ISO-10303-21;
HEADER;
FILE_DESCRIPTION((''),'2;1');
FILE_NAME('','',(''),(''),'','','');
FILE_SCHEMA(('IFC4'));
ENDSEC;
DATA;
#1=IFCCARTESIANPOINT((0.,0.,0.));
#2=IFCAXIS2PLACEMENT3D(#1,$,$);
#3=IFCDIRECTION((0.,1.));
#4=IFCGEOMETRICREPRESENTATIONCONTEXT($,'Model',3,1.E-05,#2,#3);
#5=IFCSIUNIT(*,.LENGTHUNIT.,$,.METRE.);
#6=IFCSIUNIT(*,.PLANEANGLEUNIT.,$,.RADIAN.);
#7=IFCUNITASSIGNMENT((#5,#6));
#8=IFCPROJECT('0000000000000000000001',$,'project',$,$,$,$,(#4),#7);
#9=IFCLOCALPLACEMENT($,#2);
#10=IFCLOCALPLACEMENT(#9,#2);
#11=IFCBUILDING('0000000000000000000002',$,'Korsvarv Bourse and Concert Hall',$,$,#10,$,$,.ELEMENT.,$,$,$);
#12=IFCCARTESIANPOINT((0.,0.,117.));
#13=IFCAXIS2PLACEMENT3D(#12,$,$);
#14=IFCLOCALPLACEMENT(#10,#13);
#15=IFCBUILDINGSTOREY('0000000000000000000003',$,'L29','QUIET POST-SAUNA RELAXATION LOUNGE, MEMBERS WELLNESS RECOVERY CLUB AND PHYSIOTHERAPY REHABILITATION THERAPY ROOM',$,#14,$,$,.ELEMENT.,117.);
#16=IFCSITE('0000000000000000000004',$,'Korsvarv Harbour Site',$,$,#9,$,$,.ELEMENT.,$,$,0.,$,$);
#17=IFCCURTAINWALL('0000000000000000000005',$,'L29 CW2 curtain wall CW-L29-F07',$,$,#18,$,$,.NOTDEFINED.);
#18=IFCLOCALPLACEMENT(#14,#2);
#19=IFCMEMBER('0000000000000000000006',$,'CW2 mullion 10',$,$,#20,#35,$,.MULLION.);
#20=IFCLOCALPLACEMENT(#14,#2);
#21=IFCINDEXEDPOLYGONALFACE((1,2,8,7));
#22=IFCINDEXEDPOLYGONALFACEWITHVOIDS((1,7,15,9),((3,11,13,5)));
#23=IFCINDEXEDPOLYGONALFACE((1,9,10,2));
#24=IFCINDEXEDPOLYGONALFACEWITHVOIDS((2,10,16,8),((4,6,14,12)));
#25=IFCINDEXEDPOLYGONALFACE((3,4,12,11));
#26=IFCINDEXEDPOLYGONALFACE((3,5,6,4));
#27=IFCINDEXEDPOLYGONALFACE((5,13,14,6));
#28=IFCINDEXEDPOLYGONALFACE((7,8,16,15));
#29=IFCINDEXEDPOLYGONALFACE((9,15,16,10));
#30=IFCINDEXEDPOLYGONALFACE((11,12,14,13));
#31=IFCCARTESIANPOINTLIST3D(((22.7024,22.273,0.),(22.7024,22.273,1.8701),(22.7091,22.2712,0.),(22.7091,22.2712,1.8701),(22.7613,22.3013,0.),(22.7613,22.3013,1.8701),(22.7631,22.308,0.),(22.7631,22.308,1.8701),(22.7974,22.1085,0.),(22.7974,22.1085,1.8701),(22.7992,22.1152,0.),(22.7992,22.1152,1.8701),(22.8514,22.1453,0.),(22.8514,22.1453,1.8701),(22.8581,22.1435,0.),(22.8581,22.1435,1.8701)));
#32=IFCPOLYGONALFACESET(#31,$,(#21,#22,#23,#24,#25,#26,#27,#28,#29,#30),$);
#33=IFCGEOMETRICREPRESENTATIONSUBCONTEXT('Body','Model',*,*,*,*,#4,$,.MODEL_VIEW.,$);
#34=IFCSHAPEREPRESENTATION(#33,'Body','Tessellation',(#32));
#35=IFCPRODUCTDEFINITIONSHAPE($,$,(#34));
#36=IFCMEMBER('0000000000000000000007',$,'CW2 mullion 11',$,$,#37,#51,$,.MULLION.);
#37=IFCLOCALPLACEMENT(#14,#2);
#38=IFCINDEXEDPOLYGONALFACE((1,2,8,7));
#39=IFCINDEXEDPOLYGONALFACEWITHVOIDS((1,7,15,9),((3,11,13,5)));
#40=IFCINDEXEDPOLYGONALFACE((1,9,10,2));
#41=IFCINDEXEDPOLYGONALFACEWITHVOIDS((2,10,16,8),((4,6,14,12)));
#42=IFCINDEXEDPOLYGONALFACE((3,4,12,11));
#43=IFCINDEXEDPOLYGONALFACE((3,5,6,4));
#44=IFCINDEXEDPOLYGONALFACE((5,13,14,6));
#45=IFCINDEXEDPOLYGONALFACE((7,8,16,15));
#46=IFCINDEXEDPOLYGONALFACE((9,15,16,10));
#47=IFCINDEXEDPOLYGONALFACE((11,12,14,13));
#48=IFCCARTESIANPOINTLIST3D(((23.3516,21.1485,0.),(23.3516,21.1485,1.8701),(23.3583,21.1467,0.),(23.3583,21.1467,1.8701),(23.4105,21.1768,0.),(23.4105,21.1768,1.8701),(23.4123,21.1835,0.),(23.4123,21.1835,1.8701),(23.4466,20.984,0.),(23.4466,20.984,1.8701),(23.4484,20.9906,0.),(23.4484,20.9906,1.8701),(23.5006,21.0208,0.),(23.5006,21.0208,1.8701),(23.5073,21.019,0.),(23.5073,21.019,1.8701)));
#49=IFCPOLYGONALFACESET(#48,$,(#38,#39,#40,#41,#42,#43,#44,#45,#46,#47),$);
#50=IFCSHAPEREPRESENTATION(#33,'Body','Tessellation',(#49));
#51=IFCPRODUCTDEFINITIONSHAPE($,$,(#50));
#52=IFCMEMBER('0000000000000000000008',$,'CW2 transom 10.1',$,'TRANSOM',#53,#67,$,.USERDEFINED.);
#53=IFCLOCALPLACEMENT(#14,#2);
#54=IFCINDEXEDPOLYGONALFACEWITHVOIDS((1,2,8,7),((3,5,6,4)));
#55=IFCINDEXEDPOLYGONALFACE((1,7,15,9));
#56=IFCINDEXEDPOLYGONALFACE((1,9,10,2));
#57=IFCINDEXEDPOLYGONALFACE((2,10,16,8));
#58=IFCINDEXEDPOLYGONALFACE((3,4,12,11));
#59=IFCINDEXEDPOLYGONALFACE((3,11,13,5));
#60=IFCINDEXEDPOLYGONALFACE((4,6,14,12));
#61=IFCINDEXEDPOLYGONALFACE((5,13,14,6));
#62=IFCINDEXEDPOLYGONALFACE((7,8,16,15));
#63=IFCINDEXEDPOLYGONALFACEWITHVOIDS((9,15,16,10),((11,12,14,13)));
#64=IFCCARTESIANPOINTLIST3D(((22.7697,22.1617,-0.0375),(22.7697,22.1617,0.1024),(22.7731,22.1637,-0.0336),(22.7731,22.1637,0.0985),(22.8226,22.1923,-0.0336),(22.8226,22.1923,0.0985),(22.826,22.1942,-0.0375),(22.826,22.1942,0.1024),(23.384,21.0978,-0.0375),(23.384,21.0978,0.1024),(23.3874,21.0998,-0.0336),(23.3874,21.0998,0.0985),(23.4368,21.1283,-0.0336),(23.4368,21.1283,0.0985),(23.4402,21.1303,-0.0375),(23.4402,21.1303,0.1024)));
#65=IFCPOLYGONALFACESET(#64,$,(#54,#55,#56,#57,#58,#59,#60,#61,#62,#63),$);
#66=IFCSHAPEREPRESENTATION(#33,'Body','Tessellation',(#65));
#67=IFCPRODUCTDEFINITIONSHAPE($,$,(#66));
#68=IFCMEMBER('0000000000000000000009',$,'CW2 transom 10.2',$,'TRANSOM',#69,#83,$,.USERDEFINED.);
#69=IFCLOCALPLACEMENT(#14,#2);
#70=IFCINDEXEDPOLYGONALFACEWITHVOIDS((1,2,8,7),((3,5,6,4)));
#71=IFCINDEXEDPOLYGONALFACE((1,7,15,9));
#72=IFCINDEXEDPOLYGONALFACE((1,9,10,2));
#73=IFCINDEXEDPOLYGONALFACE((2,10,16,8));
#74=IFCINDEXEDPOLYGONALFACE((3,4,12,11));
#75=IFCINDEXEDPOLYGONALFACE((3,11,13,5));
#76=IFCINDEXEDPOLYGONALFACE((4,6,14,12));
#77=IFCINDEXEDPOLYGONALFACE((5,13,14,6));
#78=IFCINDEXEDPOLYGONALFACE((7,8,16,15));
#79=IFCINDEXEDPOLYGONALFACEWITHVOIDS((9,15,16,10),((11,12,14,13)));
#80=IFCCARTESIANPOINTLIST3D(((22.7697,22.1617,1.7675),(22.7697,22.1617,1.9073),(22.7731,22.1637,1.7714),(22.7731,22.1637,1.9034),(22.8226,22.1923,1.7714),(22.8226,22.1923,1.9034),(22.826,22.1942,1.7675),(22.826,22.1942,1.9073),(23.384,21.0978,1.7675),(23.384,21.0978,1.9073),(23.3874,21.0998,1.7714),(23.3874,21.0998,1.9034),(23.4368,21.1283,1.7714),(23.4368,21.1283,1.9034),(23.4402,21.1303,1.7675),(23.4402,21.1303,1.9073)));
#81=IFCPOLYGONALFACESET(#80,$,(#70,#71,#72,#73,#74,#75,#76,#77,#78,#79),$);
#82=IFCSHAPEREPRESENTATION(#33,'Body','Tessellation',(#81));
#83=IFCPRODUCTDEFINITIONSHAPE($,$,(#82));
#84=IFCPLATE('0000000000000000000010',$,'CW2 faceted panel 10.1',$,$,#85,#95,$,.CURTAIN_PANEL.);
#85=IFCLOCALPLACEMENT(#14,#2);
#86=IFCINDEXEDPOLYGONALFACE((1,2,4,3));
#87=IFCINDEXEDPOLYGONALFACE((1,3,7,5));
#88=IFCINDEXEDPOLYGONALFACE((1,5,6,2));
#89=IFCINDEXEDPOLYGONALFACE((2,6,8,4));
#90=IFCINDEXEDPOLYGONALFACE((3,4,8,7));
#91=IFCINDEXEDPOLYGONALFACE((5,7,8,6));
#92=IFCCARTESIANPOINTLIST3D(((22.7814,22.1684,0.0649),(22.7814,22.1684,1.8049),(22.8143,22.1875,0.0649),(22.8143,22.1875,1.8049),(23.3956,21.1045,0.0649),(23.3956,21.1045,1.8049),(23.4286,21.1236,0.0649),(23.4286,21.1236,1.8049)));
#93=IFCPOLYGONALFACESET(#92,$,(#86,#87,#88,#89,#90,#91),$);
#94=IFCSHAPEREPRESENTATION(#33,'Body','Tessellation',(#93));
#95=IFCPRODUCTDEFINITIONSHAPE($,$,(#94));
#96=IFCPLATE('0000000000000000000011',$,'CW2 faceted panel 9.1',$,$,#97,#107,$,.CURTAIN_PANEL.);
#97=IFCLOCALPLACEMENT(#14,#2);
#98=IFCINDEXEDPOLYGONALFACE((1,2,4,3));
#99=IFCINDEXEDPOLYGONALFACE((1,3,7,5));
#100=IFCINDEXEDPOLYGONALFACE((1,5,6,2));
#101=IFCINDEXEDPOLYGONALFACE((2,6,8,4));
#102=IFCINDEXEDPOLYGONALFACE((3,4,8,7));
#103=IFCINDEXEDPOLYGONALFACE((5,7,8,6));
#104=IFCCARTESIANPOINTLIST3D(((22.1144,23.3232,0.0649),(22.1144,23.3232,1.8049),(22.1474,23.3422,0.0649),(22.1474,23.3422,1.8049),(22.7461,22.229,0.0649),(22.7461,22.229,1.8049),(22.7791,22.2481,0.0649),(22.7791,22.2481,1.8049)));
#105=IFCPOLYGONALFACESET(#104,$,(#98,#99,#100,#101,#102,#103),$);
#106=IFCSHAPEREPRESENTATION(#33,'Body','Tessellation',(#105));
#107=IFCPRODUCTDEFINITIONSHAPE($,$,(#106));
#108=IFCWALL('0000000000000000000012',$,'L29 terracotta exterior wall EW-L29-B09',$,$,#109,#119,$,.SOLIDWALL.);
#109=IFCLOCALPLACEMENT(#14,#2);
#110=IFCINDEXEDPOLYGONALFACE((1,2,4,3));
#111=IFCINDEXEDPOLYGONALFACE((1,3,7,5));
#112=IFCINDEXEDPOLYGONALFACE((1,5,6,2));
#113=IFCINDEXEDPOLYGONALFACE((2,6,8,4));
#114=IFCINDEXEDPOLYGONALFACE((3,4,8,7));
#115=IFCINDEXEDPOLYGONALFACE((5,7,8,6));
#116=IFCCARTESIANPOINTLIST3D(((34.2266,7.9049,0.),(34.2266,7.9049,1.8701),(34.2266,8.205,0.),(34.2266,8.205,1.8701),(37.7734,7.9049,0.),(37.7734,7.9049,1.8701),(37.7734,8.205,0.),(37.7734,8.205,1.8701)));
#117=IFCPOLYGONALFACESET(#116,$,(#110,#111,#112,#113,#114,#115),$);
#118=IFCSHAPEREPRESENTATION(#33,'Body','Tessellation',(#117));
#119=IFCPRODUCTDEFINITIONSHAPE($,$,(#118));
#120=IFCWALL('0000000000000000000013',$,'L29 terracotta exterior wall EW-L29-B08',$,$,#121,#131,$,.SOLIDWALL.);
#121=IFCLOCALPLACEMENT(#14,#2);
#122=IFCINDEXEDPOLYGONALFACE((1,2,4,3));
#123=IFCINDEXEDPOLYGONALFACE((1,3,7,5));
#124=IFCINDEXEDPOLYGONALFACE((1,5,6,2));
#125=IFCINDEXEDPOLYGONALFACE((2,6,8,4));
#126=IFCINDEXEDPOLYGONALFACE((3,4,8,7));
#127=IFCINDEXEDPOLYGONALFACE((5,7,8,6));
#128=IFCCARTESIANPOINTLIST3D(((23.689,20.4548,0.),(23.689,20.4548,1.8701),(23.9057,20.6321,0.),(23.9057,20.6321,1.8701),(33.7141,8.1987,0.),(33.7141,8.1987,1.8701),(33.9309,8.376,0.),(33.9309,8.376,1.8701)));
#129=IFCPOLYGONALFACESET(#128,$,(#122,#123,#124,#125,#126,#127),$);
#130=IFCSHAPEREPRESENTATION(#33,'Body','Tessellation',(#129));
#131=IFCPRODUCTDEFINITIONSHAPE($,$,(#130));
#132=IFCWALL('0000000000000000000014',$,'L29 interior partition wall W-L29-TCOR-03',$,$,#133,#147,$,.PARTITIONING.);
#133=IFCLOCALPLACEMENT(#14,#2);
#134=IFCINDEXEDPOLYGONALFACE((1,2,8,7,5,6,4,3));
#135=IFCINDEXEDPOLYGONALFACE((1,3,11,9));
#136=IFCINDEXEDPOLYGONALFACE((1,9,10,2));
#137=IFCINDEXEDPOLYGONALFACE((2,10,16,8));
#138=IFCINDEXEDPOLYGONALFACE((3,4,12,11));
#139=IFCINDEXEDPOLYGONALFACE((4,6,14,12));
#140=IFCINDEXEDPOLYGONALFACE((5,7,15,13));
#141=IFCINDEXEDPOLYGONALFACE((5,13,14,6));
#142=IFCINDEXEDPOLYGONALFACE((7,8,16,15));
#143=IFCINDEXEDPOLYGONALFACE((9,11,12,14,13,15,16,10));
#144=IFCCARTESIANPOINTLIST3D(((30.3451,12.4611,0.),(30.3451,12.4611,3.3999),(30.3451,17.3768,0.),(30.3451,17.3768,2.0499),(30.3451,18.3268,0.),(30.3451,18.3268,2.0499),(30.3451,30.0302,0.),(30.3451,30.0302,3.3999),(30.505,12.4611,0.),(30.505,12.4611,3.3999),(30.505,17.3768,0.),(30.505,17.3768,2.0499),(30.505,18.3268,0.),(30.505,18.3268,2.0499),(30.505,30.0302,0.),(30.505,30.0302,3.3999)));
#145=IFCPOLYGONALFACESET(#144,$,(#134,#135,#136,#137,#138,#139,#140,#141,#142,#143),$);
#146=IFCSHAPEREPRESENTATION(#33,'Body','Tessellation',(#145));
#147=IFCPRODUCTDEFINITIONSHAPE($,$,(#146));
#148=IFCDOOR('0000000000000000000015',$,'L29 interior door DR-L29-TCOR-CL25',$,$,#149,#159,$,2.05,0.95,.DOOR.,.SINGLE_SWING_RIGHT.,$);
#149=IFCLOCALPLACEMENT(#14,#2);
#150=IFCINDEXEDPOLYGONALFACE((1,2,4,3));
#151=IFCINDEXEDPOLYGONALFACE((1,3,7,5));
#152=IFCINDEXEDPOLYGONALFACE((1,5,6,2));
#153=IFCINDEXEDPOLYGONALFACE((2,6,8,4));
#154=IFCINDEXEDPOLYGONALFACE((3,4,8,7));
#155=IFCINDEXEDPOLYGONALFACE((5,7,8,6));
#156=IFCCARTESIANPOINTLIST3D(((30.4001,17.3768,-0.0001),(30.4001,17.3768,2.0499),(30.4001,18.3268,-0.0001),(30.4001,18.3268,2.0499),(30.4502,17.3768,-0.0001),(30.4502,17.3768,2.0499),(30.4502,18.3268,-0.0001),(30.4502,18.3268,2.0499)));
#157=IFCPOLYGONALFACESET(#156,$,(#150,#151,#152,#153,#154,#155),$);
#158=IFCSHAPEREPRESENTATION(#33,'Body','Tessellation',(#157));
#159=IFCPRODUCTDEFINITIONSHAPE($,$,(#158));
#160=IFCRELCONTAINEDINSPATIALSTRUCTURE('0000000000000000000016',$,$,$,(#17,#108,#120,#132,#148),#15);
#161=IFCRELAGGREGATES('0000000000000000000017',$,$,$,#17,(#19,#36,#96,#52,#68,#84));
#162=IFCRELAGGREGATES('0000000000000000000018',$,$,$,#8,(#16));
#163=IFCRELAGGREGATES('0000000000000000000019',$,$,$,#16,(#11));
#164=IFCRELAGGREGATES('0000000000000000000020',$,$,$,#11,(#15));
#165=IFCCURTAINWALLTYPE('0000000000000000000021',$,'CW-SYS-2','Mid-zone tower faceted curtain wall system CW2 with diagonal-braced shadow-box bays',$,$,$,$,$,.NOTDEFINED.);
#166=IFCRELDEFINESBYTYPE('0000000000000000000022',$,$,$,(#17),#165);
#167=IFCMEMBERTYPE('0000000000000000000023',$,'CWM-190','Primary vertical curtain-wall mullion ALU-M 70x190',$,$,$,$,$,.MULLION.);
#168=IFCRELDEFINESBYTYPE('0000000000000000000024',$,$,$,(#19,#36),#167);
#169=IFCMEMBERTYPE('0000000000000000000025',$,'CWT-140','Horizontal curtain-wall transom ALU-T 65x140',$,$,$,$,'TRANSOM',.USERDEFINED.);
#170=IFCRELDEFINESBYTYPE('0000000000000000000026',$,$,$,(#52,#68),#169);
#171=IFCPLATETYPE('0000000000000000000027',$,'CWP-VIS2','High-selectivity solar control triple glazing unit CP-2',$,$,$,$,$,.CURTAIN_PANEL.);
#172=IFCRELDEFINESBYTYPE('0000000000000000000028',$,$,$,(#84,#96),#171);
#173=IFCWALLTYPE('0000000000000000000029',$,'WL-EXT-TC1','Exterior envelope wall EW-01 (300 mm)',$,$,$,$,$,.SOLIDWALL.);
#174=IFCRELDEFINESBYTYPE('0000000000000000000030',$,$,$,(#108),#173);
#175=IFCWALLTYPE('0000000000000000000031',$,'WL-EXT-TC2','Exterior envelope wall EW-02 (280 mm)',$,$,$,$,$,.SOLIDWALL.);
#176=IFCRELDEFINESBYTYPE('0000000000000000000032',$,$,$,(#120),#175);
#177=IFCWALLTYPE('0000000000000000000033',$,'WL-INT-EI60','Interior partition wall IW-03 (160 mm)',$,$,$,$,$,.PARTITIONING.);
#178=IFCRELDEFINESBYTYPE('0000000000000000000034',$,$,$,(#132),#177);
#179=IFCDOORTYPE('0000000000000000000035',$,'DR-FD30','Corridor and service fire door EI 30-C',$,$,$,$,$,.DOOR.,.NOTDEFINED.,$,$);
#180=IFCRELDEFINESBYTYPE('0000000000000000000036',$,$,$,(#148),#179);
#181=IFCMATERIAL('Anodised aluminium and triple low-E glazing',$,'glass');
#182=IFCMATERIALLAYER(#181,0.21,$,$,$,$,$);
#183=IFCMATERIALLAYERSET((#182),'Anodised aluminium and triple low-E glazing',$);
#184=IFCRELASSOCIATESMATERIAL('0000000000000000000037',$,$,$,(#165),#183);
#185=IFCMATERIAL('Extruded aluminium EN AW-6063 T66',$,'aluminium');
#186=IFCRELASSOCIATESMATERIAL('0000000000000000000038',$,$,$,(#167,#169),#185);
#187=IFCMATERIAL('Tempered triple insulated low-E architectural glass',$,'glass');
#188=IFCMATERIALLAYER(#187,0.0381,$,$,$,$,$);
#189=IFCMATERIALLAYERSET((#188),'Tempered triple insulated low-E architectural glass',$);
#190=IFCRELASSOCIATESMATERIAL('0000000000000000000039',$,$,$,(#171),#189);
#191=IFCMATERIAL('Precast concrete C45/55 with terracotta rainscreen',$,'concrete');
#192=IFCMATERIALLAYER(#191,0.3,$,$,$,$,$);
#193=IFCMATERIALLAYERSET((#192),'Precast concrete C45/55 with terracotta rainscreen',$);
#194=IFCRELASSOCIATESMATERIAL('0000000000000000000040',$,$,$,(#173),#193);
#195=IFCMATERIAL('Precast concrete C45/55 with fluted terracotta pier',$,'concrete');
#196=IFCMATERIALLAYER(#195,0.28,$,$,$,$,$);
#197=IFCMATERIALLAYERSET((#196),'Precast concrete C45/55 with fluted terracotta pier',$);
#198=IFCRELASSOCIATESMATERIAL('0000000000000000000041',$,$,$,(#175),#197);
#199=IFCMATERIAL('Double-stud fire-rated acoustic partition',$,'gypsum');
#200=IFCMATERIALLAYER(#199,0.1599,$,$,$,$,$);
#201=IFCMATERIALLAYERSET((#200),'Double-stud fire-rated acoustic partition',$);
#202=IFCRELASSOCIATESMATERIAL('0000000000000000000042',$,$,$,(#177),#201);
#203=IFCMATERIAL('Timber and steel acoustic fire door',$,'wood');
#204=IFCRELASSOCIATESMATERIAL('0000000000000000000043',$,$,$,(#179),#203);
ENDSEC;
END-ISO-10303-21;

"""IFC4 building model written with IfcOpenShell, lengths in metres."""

from ifc_helpers import new_model, si_unit, direction, frame, frame_2d, origin, origin_2d, place, context, subcontext, project, spatial, rectangle, hollow_rectangle, extrude, source, transform, mapped, material, layer, layer_set, material_profile, profile_set, type_object, element, fill, aggregate, save


model = new_model("IFC4")

# Units and contexts
model_context = context("Model", 3, precision=1e-05, world=origin(), true_north=direction((0.0, 1.0)))
body_context = subcontext(model_context, "Body", "Model", "MODEL_VIEW")
ifc_project = project(units=[si_unit("LENGTHUNIT", "METRE"), si_unit("PLANEANGLEUNIT", "RADIAN")], contexts=[model_context])

# Site, building, storey
site_placement = place(None, origin())
site = spatial("IfcSite", under=ifc_project, at=site_placement, Name="Korsvarv Harbour Site", CompositionType="ELEMENT", RefElevation=0.0)
building_placement = place(site_placement, origin())
building = spatial("IfcBuilding", under=site, at=building_placement, Name="Korsvarv Bourse and Concert Hall", CompositionType="ELEMENT")
storey_placement = place(building_placement, frame((0.0, 0.0, 117.0)))
storey = spatial("IfcBuildingStorey", under=building, at=storey_placement, Name="L29", Description="QUIET POST-SAUNA RELAXATION LOUNGE, MEMBERS WELLNESS RECOVERY CLUB AND PHYSIOTHERAPY REHABILITATION THERAPY ROOM", CompositionType="ELEMENT", Elevation=117.0)

# Curtain wall, members, plates
ifc_material_1 = material(Name="Anodised aluminium and triple low-E glazing", Category="glass")
ifc_layer_1 = layer(ifc_material_1, 0.21)
ifc_layer_set_1 = layer_set([ifc_layer_1], Name="Anodised aluminium and triple low-E glazing")
curtain_wall_type = type_object("IfcCurtainWallType", Name="CW-SYS-2", Description="Mid-zone tower faceted curtain wall system CW2 with diagonal-braced shadow-box bays", PredefinedType="NOTDEFINED", material=ifc_layer_set_1)
curtain_wall_placement = place(storey_placement, origin())
curtain_wall = element("IfcCurtainWall", 1, at=curtain_wall_placement, inside=storey, type_object=curtain_wall_type, Name="L29 CW2 curtain wall CW-L29-F07", PredefinedType="NOTDEFINED")
ifc_material_2 = material(Name="Extruded aluminium EN AW-6063 T66", Category="aluminium")
ifc_material_profile_1 = material_profile(ifc_material_2, hollow_rectangle(XDim=0.0701, YDim=0.1899, WallThickness=0.0049, at=origin_2d()), Name="ALU-M 70x190")
ifc_profile_set_1 = profile_set([ifc_material_profile_1], Name="Extruded aluminium EN AW-6063 T66")
member_type_1 = type_object("IfcMemberType", Name="CWM-190", Description="Primary vertical curtain-wall mullion ALU-M 70x190", PredefinedType="MULLION", material=ifc_profile_set_1)
shared_shape_1 = source(origin(), body_context, "Body", "SweptSolid", [
    extrude(hollow_rectangle(XDim=0.0701, YDim=0.1899, WallThickness=0.0049, at=origin_2d()), origin(), (0.0, 0.0, 1.0), 1.8701),
])
member_1_placement = place(storey_placement, frame((22.7803, 22.2083, 0.0), z_axis=(0.0, 0.0, 1.0), x_axis=(0.866022, 0.500006, 0.0)))
member_1 = element("IfcMember", 2, at=member_1_placement, type_object=member_type_1, Name="CW2 mullion 10", PredefinedType="MULLION", context=body_context, shape_type="MappedRepresentation", body=[
    mapped(shared_shape_1, transform((0.0, 0.0, 0.0), scale=1.0)),
])
member_2_placement = place(storey_placement, frame((23.4294, 21.0837, 0.0), z_axis=(0.0, 0.0, 1.0), x_axis=(0.866022, 0.500006, 0.0)))
member_2 = element("IfcMember", 3, at=member_2_placement, type_object=member_type_1, Name="CW2 mullion 11", PredefinedType="MULLION", context=body_context, shape_type="MappedRepresentation", body=[
    mapped(shared_shape_1, transform((0.0, 0.0, 0.0), scale=1.0)),
])
ifc_material_profile_2 = material_profile(ifc_material_2, hollow_rectangle(XDim=0.0649, YDim=0.1399, WallThickness=0.0039, at=origin_2d()), Name="ALU-T 65x140")
ifc_profile_set_2 = profile_set([ifc_material_profile_2], Name="Extruded aluminium EN AW-6063 T66")
member_type_2 = type_object("IfcMemberType", Name="CWT-140", Description="Horizontal curtain-wall transom ALU-T 65x140", ElementType="TRANSOM", PredefinedType="USERDEFINED", material=ifc_profile_set_2)
shared_shape_2 = source(origin(), body_context, "Body", "SweptSolid", [
    extrude(hollow_rectangle(XDim=0.0649, YDim=0.1399, WallThickness=0.0039, at=origin_2d()), origin(), (0.0, 0.0, 1.0), 1.2285),
])
member_3_placement = place(storey_placement, frame((22.7979, 22.178, 0.0325), z_axis=(0.499986, -0.866033, 0.0), x_axis=(0.866033, 0.499986, 0.0)))
member_3 = element("IfcMember", 4, at=member_3_placement, type_object=member_type_2, Name="CW2 transom 10.1", ObjectType="TRANSOM", PredefinedType="USERDEFINED", context=body_context, shape_type="MappedRepresentation", body=[
    mapped(shared_shape_2, transform((0.0, 0.0, 0.0), scale=1.0)),
])
member_4_placement = place(storey_placement, frame((22.7979, 22.178, 1.8374), z_axis=(0.499986, -0.866033, 0.0), x_axis=(0.866033, 0.499986, 0.0)))
member_4 = element("IfcMember", 5, at=member_4_placement, type_object=member_type_2, Name="CW2 transom 10.2", ObjectType="TRANSOM", PredefinedType="USERDEFINED", context=body_context, shape_type="MappedRepresentation", body=[
    mapped(shared_shape_2, transform((0.0, 0.0, 0.0), scale=1.0)),
])
ifc_material_3 = material(Name="Tempered triple insulated low-E architectural glass", Category="glass")
ifc_layer_2 = layer(ifc_material_3, 0.0381)
ifc_layer_set_2 = layer_set([ifc_layer_2], Name="Tempered triple insulated low-E architectural glass")
plate_type = type_object("IfcPlateType", Name="CWP-VIS2", Description="High-selectivity solar control triple glazing unit CP-2", PredefinedType="CURTAIN_PANEL", material=ifc_layer_set_2)
shared_shape_3 = source(origin(), body_context, "Body", "SweptSolid", [
    extrude(rectangle(XDim=1.2285, YDim=0.0381, at=origin_2d()), origin(), (0.0, 0.0, 1.0), 1.74),
])
plate_1_placement = place(storey_placement, frame((23.105, 21.646, 0.0649), z_axis=(0.0, 0.0, 1.0), x_axis=(0.500006, -0.866022, 0.0)))
plate_1 = element("IfcPlate", 6, at=plate_1_placement, type_object=plate_type, Name="CW2 faceted panel 10.1", PredefinedType="CURTAIN_PANEL", context=body_context, shape_type="MappedRepresentation", body=[
    mapped(shared_shape_3, transform((0.0, 0.0, 0.0), scale=1.0)),
])
shared_shape_4 = source(origin(), body_context, "Body", "SweptSolid", [
    extrude(rectangle(XDim=1.2634, YDim=0.0381, at=origin_2d()), origin(), (0.0, 0.0, 1.0), 1.74),
])
plate_2_placement = place(storey_placement, frame((22.4468, 22.7856, 0.0649), z_axis=(0.0, 0.0, 1.0), x_axis=(0.500006, -0.866022, 0.0)))
plate_2 = element("IfcPlate", 7, at=plate_2_placement, type_object=plate_type, Name="CW2 faceted panel 9.1", PredefinedType="CURTAIN_PANEL", context=body_context, shape_type="MappedRepresentation", body=[
    mapped(shared_shape_4, transform((0.0, 0.0, 0.0), scale=1.0)),
])
aggregate(curtain_wall, [member_1, member_2, plate_2, member_3, member_4, plate_1])

# Walls
ifc_material_4 = material(Name="Precast concrete C45/55 with terracotta rainscreen", Category="concrete")
ifc_layer_3 = layer(ifc_material_4, 0.3)
ifc_layer_set_3 = layer_set([ifc_layer_3], Name="Precast concrete C45/55 with terracotta rainscreen")
wall_type_1 = type_object("IfcWallType", Name="WL-EXT-TC1", Description="Exterior envelope wall EW-01 (300 mm)", PredefinedType="SOLIDWALL", material=ifc_layer_set_3)
wall_1_placement = place(storey_placement, frame((34.2266, 8.0549, 0.0), z_axis=(0.0, 0.0, 1.0), x_axis=(1.0, 0.0, 0.0)))
element("IfcWall", 8, at=wall_1_placement, inside=storey, type_object=wall_type_1, Name="L29 terracotta exterior wall EW-L29-B09", PredefinedType="SOLIDWALL", context=body_context, shape_type="SweptSolid", body=[
    extrude(rectangle(XDim=3.5469, YDim=0.3, at=frame_2d((1.7734, 0.0))), origin(), (0.0, 0.0, 1.0), 1.8701),
])
ifc_material_5 = material(Name="Precast concrete C45/55 with fluted terracotta pier", Category="concrete")
ifc_layer_4 = layer(ifc_material_5, 0.28)
ifc_layer_set_4 = layer_set([ifc_layer_4], Name="Precast concrete C45/55 with fluted terracotta pier")
wall_type_2 = type_object("IfcWallType", Name="WL-EXT-TC2", Description="Exterior envelope wall EW-02 (280 mm)", PredefinedType="SOLIDWALL", material=ifc_layer_set_4)
wall_2_placement = place(storey_placement, frame((23.7974, 20.5435, 0.0), z_axis=(0.0, 0.0, 1.0), x_axis=(0.63314, -0.774037, 0.0)))
element("IfcWall", 9, at=wall_2_placement, inside=storey, type_object=wall_type_2, Name="L29 terracotta exterior wall EW-L29-B08", PredefinedType="SOLIDWALL", context=body_context, shape_type="SweptSolid", body=[
    extrude(rectangle(XDim=15.834, YDim=0.28, at=frame_2d((7.917, 0.0))), origin(), (0.0, 0.0, 1.0), 1.8701),
])

# Wall, opening, door
ifc_material_6 = material(Name="Double-stud fire-rated acoustic partition", Category="gypsum")
ifc_layer_5 = layer(ifc_material_6, 0.1599)
ifc_layer_set_5 = layer_set([ifc_layer_5], Name="Double-stud fire-rated acoustic partition")
wall_type_3 = type_object("IfcWallType", Name="WL-INT-EI60", Description="Interior partition wall IW-03 (160 mm)", PredefinedType="PARTITIONING", material=ifc_layer_set_5)
wall_3_placement = place(storey_placement, frame((30.425, 12.4609, 0.0), z_axis=(0.0, 0.0, 1.0), x_axis=(0.0, 1.0, 0.0)))
wall_3 = element("IfcWall", 10, at=wall_3_placement, inside=storey, type_object=wall_type_3, Name="L29 interior partition wall W-L29-TCOR-03", PredefinedType="PARTITIONING", context=body_context, shape_type="SweptSolid", body=[
    extrude(rectangle(XDim=17.5691, YDim=0.1599, at=frame_2d((8.7847, 0.0))), origin(), (0.0, 0.0, 1.0), 3.3999),
])
opening_1_placement = place(wall_3_placement, frame((4.9158, 0.0, 0.0)))
opening_1 = element("IfcOpeningElement", 11, at=opening_1_placement, cuts=wall_3, PredefinedType="OPENING", context=body_context, shape_type="SweptSolid", body=[
    extrude(rectangle(XDim=0.95, YDim=2.05, at=frame_2d((0.4751, 1.0249))), frame((0.0, 0.0898, 0.0), z_axis=(0.0, -1.0, 0.0), x_axis=(1.0, 0.0, 0.0)), (0.0, 0.0, 1.0), 0.1799),
])
ifc_material_7 = material(Name="Timber and steel acoustic fire door", Category="wood")
door_type_1 = type_object("IfcDoorType", Name="DR-FD30", Description="Corridor and service fire door EI 30-C", OperationType="NOTDEFINED", PredefinedType="DOOR", material=ifc_material_7)
door_1_placement = place(opening_1_placement, origin())
door_1 = element("IfcDoor", 12, at=door_1_placement, inside=storey, type_object=door_type_1, Name="L29 interior door DR-L29-TCOR-CL25", OperationType="SINGLE_SWING_RIGHT", OverallHeight=2.05, OverallWidth=0.95, PredefinedType="DOOR", context=body_context, shape_type="SweptSolid", body=[
    extrude(rectangle(XDim=0.95, YDim=2.05, at=frame_2d((0.4751, 1.0249))), frame((0.0, 0.0249, 0.0), z_axis=(0.0, -1.0, 0.0), x_axis=(1.0, 0.0, 0.0)), (0.0, 0.0, 1.0), 0.05),
])
fill(opening_1, door_1)

save(model, "model.ifc")
